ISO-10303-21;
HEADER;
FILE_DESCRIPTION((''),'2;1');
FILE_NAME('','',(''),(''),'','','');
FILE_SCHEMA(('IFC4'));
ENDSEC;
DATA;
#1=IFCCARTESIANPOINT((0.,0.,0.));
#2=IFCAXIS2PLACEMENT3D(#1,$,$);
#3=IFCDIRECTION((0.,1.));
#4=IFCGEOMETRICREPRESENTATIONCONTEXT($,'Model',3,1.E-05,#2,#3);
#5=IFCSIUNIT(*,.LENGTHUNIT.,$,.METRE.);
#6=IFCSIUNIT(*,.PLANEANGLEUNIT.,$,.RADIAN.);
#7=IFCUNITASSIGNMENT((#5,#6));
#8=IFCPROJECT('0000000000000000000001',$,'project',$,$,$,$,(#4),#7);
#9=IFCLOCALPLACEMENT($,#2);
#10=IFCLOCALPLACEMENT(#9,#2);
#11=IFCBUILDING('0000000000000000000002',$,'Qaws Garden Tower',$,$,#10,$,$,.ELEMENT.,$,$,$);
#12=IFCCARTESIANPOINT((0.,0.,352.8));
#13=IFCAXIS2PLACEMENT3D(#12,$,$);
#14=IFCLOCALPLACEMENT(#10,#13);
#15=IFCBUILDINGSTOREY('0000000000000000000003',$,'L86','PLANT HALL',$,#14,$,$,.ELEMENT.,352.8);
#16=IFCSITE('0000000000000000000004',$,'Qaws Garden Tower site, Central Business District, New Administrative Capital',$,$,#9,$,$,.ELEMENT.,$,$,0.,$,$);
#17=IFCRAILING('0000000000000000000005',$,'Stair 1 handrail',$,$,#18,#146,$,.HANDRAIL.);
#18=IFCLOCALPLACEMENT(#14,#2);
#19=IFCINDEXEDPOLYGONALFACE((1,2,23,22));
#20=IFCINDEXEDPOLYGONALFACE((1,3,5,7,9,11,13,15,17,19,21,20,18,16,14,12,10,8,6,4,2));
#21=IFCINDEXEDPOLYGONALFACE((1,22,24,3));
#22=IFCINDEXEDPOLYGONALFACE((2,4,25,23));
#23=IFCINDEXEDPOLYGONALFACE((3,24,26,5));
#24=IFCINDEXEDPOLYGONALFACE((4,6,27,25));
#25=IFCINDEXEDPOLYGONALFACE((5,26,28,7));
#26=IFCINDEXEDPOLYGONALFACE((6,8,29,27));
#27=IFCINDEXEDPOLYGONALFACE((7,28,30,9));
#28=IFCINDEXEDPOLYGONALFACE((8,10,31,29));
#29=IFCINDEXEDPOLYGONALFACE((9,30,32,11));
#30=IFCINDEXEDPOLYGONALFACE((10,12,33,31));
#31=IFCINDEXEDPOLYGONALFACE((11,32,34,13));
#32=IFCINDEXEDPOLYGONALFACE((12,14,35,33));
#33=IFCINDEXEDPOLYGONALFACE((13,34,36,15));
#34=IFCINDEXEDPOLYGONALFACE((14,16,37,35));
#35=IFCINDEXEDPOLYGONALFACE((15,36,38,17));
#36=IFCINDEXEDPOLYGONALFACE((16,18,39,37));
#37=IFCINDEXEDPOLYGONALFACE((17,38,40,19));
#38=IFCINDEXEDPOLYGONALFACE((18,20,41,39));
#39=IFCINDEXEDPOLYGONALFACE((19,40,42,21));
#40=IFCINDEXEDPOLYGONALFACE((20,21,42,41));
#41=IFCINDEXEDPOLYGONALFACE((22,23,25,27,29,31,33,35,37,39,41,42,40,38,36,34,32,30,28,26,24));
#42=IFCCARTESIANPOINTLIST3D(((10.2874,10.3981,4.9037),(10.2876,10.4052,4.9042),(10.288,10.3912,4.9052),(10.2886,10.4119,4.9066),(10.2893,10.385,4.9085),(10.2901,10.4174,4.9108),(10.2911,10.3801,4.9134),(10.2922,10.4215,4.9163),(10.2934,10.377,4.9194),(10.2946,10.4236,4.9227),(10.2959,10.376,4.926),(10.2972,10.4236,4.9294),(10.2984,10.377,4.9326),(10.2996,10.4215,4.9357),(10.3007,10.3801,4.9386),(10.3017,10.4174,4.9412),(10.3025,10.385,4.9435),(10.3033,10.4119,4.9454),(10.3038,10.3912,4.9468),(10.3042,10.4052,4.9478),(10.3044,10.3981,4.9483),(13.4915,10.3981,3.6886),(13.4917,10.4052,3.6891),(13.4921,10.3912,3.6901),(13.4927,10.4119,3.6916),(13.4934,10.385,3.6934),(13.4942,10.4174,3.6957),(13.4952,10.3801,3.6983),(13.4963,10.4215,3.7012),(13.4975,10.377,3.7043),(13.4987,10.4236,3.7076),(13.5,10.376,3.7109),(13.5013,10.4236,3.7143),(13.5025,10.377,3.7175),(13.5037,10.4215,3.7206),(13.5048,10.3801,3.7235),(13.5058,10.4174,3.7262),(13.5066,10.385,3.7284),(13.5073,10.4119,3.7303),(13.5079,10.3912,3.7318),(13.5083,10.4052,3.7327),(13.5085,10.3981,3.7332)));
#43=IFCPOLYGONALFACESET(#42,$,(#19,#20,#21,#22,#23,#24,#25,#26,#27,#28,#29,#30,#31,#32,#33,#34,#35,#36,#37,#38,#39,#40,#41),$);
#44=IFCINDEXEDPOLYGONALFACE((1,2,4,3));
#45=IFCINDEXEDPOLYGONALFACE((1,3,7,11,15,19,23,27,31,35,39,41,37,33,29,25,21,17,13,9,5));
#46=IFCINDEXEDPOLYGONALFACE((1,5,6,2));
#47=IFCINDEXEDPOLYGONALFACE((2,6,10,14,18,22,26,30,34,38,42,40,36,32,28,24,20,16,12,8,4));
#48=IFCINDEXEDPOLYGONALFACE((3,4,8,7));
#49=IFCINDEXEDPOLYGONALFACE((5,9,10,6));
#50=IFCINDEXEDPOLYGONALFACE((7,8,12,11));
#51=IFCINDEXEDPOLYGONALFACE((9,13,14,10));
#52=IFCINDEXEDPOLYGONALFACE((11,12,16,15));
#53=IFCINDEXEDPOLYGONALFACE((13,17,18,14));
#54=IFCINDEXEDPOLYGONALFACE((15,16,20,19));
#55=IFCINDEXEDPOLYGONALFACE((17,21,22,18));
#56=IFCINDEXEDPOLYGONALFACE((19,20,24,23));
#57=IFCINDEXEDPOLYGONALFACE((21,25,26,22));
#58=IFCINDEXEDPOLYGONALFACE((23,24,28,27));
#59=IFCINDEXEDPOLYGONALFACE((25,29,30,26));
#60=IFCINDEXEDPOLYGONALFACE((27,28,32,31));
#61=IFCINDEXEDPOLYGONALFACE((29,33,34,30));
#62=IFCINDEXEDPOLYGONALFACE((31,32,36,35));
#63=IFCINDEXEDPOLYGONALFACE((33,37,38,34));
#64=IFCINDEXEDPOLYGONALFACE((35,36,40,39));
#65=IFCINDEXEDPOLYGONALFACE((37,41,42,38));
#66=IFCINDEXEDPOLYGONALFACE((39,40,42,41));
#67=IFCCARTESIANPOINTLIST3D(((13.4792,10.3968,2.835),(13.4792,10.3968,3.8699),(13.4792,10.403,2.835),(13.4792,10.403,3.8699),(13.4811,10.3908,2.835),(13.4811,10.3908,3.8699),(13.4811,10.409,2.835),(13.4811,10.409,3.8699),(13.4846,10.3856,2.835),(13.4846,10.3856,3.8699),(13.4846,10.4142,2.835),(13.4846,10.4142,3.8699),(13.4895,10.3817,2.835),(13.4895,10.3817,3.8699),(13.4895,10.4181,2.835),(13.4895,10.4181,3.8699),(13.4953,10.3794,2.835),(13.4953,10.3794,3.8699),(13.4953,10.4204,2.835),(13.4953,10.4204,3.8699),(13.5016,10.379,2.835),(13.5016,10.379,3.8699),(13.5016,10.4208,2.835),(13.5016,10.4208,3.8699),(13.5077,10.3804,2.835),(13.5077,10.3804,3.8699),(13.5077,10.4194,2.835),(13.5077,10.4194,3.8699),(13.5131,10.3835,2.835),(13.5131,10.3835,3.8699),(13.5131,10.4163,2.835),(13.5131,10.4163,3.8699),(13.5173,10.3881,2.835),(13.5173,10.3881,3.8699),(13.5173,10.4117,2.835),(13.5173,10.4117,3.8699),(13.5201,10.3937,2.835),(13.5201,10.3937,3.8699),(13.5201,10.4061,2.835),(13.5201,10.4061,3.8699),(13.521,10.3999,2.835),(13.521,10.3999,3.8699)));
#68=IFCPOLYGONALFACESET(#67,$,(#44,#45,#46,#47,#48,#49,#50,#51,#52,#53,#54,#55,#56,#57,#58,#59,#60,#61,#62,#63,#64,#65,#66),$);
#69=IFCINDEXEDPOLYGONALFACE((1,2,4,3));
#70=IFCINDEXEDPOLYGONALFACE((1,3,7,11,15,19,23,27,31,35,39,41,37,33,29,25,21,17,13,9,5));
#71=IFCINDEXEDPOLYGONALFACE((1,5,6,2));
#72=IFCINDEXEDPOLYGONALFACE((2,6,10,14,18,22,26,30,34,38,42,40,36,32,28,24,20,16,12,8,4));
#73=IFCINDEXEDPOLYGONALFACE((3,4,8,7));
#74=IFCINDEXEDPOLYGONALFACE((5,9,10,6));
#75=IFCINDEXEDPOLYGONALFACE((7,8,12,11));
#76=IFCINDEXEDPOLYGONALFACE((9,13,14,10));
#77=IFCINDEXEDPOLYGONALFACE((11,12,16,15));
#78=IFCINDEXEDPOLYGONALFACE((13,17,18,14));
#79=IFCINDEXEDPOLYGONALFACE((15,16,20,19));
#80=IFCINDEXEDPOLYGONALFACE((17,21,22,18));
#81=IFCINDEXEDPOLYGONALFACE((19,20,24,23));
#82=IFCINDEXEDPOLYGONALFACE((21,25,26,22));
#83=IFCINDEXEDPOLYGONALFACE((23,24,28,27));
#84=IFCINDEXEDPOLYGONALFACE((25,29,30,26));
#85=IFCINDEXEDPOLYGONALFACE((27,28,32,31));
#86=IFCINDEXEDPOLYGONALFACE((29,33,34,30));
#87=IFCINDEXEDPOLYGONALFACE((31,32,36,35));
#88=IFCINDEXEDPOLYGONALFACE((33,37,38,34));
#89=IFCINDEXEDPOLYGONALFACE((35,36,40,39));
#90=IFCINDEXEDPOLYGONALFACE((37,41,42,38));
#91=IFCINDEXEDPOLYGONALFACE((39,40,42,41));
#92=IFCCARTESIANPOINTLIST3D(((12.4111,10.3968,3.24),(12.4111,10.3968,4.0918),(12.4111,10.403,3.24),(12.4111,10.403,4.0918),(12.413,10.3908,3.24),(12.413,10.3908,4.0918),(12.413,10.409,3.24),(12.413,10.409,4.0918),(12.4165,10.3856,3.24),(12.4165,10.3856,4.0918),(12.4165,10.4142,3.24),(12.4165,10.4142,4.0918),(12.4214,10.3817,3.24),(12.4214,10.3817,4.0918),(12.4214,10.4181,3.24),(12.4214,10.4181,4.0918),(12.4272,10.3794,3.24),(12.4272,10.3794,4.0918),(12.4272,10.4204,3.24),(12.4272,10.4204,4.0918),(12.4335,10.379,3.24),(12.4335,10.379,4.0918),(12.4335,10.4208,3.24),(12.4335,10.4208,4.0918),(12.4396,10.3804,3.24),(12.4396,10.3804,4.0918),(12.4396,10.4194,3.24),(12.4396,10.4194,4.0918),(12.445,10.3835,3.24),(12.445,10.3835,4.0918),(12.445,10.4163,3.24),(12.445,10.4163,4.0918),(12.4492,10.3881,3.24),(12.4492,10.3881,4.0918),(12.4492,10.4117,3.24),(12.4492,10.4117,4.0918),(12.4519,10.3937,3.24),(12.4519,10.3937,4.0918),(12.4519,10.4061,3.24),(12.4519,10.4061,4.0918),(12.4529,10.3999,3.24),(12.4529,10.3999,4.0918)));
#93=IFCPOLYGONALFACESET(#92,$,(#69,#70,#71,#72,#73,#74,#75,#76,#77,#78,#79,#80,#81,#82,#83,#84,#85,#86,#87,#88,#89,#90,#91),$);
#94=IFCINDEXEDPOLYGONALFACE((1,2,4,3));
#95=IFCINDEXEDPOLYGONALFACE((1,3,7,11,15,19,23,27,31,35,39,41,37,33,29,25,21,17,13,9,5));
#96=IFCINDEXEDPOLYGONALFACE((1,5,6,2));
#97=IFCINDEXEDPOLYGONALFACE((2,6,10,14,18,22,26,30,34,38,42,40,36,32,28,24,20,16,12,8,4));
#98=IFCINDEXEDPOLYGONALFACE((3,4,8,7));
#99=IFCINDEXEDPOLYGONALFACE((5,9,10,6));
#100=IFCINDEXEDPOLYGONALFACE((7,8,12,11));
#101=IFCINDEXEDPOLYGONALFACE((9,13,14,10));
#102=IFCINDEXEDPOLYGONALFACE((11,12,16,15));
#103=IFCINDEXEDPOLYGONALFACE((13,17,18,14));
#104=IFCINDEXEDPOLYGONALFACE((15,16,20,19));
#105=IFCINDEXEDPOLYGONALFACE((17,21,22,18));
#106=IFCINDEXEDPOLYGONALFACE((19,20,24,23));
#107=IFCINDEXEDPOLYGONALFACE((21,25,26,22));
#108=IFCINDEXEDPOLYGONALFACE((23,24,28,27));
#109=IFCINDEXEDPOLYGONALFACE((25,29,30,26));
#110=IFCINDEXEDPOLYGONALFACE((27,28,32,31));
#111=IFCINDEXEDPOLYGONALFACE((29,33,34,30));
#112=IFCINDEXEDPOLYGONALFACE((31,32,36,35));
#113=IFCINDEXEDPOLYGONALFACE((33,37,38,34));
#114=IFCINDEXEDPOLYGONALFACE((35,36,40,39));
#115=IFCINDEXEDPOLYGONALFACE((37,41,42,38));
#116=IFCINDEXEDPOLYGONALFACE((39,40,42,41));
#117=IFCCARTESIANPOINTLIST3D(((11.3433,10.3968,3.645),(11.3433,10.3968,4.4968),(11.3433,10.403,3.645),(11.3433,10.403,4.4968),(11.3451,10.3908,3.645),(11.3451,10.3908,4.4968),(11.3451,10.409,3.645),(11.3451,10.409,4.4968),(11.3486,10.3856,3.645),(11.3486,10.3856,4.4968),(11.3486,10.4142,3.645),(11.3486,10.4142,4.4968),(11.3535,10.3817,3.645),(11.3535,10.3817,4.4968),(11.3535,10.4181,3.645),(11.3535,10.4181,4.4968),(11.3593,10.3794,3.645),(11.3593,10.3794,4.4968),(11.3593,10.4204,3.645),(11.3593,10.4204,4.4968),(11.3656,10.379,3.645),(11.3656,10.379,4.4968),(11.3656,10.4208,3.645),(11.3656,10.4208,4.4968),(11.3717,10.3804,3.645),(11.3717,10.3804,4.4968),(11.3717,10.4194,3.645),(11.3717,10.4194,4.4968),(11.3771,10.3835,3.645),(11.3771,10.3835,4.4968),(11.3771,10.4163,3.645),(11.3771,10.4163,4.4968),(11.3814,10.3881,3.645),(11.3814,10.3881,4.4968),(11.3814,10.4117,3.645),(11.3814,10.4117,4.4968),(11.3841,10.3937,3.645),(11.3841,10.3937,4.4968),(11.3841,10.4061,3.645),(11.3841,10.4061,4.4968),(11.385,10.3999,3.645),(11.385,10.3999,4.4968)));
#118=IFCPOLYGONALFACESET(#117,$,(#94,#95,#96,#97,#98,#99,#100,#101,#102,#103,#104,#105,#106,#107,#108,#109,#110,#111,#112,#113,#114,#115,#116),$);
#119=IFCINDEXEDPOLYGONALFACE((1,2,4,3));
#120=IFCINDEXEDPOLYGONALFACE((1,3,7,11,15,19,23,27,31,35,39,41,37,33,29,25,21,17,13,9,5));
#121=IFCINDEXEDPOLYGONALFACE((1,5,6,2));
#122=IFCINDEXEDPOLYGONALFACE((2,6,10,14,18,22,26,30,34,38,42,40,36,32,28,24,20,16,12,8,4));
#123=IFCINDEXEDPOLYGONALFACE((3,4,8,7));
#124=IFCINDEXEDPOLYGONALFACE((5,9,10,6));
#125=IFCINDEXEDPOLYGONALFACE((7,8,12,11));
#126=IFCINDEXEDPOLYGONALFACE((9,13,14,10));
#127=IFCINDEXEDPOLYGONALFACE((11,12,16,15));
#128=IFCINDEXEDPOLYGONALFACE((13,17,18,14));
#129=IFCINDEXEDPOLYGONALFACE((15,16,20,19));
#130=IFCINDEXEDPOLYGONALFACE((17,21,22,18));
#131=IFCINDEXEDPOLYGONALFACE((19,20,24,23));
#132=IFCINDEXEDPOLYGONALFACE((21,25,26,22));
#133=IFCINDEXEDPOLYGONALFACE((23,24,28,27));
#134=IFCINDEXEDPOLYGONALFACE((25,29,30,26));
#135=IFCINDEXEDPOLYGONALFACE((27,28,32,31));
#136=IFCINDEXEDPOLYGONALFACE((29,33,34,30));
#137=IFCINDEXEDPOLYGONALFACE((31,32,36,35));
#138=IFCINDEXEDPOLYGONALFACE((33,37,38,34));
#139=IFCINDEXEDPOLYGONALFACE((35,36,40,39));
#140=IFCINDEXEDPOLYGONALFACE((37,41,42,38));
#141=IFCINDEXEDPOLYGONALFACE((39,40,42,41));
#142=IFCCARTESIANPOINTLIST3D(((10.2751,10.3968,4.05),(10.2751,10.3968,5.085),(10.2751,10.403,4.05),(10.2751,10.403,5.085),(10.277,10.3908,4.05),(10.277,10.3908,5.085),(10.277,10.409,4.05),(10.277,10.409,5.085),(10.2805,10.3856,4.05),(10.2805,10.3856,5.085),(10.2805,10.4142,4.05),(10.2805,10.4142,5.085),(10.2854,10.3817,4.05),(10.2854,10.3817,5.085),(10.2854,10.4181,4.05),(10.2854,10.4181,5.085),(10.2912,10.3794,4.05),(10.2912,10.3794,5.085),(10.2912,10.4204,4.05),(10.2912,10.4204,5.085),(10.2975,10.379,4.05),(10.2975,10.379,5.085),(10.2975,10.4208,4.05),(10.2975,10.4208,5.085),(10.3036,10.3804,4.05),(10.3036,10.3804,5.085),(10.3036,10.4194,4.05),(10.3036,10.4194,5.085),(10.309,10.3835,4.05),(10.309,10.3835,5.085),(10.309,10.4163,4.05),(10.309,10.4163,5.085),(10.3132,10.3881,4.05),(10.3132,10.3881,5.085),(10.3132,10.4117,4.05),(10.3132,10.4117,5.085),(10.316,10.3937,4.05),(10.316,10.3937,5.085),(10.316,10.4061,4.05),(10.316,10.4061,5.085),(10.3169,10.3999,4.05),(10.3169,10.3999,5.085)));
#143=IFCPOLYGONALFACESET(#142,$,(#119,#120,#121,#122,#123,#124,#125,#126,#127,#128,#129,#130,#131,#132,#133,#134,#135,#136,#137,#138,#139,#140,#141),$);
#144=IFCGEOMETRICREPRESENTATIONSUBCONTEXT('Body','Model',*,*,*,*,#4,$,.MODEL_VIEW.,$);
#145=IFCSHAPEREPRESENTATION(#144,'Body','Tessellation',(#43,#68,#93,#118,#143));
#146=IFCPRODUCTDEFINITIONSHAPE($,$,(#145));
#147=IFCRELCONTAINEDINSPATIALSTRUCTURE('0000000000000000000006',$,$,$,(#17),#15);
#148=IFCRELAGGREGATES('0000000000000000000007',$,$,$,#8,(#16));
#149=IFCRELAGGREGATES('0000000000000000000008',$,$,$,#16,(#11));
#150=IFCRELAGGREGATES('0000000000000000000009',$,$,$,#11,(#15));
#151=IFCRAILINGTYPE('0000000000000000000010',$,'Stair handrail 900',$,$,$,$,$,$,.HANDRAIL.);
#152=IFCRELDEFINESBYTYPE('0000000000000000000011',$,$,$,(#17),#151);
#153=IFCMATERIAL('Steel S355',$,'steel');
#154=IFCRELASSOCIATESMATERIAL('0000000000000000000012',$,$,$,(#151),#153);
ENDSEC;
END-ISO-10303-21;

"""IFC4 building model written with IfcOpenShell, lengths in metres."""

from ifc_helpers import new_model, si_unit, direction, frame, origin, origin_2d, place, context, subcontext, project, spatial, circle, extrude, material, type_object, element, save


model = new_model("IFC4")

# Units and contexts
model_context = context("Model", 3, precision=1e-05, world=origin(), true_north=direction((0.0, 1.0)))
body_context = subcontext(model_context, "Body", "Model", "MODEL_VIEW")
ifc_project = project(units=[si_unit("LENGTHUNIT", "METRE"), si_unit("PLANEANGLEUNIT", "RADIAN")], contexts=[model_context])

# Site, building, storey
site_placement = place(None, origin())
site = spatial("IfcSite", under=ifc_project, at=site_placement, Name="Qaws Garden Tower site, Central Business District, New Administrative Capital", CompositionType="ELEMENT", RefElevation=0.0)
building_placement = place(site_placement, origin())
building = spatial("IfcBuilding", under=site, at=building_placement, Name="Qaws Garden Tower", CompositionType="ELEMENT")
storey_placement = place(building_placement, frame((0.0, 0.0, 352.8)))
storey = spatial("IfcBuildingStorey", under=building, at=storey_placement, Name="L86", Description="PLANT HALL", CompositionType="ELEMENT", Elevation=352.8)

# Railing
ifc_material_1 = material(Name="Steel S355", Category="steel")
railing_type = type_object("IfcRailingType", Name="Stair handrail 900", PredefinedType="HANDRAIL", material=ifc_material_1)
railing_1_placement = place(storey_placement, frame((13.5, 10.3999, 2.835)))
element("IfcRailing", 1, at=railing_1_placement, inside=storey, type_object=railing_type, Name="Stair 1 handrail", PredefinedType="HANDRAIL", context=body_context, shape_type="SweptSolid", body=[
    extrude(circle(Radius=0.0239, at=origin_2d()), frame((0.0, 0.0, 0.876), z_axis=(-0.935023, 0.0, 0.354588), x_axis=(0.0, -1.0, 0.0)), (0.0, 0.0, 1.0), 3.4268),
    extrude(circle(Radius=0.021, at=origin_2d()), origin(), (0.0, 0.0, 1.0), 1.0349),
    extrude(circle(Radius=0.021, at=origin_2d()), frame((-1.0681, 0.0, 0.405)), (0.0, 0.0, 1.0), 0.8518),
    extrude(circle(Radius=0.021, at=origin_2d()), frame((-2.136, 0.0, 0.8101)), (0.0, 0.0, 1.0), 0.8518),
    extrude(circle(Radius=0.021, at=origin_2d()), frame((-3.2041, 0.0, 1.2151)), (0.0, 0.0, 1.0), 1.0349),
])

save(model, "model.ifc")
